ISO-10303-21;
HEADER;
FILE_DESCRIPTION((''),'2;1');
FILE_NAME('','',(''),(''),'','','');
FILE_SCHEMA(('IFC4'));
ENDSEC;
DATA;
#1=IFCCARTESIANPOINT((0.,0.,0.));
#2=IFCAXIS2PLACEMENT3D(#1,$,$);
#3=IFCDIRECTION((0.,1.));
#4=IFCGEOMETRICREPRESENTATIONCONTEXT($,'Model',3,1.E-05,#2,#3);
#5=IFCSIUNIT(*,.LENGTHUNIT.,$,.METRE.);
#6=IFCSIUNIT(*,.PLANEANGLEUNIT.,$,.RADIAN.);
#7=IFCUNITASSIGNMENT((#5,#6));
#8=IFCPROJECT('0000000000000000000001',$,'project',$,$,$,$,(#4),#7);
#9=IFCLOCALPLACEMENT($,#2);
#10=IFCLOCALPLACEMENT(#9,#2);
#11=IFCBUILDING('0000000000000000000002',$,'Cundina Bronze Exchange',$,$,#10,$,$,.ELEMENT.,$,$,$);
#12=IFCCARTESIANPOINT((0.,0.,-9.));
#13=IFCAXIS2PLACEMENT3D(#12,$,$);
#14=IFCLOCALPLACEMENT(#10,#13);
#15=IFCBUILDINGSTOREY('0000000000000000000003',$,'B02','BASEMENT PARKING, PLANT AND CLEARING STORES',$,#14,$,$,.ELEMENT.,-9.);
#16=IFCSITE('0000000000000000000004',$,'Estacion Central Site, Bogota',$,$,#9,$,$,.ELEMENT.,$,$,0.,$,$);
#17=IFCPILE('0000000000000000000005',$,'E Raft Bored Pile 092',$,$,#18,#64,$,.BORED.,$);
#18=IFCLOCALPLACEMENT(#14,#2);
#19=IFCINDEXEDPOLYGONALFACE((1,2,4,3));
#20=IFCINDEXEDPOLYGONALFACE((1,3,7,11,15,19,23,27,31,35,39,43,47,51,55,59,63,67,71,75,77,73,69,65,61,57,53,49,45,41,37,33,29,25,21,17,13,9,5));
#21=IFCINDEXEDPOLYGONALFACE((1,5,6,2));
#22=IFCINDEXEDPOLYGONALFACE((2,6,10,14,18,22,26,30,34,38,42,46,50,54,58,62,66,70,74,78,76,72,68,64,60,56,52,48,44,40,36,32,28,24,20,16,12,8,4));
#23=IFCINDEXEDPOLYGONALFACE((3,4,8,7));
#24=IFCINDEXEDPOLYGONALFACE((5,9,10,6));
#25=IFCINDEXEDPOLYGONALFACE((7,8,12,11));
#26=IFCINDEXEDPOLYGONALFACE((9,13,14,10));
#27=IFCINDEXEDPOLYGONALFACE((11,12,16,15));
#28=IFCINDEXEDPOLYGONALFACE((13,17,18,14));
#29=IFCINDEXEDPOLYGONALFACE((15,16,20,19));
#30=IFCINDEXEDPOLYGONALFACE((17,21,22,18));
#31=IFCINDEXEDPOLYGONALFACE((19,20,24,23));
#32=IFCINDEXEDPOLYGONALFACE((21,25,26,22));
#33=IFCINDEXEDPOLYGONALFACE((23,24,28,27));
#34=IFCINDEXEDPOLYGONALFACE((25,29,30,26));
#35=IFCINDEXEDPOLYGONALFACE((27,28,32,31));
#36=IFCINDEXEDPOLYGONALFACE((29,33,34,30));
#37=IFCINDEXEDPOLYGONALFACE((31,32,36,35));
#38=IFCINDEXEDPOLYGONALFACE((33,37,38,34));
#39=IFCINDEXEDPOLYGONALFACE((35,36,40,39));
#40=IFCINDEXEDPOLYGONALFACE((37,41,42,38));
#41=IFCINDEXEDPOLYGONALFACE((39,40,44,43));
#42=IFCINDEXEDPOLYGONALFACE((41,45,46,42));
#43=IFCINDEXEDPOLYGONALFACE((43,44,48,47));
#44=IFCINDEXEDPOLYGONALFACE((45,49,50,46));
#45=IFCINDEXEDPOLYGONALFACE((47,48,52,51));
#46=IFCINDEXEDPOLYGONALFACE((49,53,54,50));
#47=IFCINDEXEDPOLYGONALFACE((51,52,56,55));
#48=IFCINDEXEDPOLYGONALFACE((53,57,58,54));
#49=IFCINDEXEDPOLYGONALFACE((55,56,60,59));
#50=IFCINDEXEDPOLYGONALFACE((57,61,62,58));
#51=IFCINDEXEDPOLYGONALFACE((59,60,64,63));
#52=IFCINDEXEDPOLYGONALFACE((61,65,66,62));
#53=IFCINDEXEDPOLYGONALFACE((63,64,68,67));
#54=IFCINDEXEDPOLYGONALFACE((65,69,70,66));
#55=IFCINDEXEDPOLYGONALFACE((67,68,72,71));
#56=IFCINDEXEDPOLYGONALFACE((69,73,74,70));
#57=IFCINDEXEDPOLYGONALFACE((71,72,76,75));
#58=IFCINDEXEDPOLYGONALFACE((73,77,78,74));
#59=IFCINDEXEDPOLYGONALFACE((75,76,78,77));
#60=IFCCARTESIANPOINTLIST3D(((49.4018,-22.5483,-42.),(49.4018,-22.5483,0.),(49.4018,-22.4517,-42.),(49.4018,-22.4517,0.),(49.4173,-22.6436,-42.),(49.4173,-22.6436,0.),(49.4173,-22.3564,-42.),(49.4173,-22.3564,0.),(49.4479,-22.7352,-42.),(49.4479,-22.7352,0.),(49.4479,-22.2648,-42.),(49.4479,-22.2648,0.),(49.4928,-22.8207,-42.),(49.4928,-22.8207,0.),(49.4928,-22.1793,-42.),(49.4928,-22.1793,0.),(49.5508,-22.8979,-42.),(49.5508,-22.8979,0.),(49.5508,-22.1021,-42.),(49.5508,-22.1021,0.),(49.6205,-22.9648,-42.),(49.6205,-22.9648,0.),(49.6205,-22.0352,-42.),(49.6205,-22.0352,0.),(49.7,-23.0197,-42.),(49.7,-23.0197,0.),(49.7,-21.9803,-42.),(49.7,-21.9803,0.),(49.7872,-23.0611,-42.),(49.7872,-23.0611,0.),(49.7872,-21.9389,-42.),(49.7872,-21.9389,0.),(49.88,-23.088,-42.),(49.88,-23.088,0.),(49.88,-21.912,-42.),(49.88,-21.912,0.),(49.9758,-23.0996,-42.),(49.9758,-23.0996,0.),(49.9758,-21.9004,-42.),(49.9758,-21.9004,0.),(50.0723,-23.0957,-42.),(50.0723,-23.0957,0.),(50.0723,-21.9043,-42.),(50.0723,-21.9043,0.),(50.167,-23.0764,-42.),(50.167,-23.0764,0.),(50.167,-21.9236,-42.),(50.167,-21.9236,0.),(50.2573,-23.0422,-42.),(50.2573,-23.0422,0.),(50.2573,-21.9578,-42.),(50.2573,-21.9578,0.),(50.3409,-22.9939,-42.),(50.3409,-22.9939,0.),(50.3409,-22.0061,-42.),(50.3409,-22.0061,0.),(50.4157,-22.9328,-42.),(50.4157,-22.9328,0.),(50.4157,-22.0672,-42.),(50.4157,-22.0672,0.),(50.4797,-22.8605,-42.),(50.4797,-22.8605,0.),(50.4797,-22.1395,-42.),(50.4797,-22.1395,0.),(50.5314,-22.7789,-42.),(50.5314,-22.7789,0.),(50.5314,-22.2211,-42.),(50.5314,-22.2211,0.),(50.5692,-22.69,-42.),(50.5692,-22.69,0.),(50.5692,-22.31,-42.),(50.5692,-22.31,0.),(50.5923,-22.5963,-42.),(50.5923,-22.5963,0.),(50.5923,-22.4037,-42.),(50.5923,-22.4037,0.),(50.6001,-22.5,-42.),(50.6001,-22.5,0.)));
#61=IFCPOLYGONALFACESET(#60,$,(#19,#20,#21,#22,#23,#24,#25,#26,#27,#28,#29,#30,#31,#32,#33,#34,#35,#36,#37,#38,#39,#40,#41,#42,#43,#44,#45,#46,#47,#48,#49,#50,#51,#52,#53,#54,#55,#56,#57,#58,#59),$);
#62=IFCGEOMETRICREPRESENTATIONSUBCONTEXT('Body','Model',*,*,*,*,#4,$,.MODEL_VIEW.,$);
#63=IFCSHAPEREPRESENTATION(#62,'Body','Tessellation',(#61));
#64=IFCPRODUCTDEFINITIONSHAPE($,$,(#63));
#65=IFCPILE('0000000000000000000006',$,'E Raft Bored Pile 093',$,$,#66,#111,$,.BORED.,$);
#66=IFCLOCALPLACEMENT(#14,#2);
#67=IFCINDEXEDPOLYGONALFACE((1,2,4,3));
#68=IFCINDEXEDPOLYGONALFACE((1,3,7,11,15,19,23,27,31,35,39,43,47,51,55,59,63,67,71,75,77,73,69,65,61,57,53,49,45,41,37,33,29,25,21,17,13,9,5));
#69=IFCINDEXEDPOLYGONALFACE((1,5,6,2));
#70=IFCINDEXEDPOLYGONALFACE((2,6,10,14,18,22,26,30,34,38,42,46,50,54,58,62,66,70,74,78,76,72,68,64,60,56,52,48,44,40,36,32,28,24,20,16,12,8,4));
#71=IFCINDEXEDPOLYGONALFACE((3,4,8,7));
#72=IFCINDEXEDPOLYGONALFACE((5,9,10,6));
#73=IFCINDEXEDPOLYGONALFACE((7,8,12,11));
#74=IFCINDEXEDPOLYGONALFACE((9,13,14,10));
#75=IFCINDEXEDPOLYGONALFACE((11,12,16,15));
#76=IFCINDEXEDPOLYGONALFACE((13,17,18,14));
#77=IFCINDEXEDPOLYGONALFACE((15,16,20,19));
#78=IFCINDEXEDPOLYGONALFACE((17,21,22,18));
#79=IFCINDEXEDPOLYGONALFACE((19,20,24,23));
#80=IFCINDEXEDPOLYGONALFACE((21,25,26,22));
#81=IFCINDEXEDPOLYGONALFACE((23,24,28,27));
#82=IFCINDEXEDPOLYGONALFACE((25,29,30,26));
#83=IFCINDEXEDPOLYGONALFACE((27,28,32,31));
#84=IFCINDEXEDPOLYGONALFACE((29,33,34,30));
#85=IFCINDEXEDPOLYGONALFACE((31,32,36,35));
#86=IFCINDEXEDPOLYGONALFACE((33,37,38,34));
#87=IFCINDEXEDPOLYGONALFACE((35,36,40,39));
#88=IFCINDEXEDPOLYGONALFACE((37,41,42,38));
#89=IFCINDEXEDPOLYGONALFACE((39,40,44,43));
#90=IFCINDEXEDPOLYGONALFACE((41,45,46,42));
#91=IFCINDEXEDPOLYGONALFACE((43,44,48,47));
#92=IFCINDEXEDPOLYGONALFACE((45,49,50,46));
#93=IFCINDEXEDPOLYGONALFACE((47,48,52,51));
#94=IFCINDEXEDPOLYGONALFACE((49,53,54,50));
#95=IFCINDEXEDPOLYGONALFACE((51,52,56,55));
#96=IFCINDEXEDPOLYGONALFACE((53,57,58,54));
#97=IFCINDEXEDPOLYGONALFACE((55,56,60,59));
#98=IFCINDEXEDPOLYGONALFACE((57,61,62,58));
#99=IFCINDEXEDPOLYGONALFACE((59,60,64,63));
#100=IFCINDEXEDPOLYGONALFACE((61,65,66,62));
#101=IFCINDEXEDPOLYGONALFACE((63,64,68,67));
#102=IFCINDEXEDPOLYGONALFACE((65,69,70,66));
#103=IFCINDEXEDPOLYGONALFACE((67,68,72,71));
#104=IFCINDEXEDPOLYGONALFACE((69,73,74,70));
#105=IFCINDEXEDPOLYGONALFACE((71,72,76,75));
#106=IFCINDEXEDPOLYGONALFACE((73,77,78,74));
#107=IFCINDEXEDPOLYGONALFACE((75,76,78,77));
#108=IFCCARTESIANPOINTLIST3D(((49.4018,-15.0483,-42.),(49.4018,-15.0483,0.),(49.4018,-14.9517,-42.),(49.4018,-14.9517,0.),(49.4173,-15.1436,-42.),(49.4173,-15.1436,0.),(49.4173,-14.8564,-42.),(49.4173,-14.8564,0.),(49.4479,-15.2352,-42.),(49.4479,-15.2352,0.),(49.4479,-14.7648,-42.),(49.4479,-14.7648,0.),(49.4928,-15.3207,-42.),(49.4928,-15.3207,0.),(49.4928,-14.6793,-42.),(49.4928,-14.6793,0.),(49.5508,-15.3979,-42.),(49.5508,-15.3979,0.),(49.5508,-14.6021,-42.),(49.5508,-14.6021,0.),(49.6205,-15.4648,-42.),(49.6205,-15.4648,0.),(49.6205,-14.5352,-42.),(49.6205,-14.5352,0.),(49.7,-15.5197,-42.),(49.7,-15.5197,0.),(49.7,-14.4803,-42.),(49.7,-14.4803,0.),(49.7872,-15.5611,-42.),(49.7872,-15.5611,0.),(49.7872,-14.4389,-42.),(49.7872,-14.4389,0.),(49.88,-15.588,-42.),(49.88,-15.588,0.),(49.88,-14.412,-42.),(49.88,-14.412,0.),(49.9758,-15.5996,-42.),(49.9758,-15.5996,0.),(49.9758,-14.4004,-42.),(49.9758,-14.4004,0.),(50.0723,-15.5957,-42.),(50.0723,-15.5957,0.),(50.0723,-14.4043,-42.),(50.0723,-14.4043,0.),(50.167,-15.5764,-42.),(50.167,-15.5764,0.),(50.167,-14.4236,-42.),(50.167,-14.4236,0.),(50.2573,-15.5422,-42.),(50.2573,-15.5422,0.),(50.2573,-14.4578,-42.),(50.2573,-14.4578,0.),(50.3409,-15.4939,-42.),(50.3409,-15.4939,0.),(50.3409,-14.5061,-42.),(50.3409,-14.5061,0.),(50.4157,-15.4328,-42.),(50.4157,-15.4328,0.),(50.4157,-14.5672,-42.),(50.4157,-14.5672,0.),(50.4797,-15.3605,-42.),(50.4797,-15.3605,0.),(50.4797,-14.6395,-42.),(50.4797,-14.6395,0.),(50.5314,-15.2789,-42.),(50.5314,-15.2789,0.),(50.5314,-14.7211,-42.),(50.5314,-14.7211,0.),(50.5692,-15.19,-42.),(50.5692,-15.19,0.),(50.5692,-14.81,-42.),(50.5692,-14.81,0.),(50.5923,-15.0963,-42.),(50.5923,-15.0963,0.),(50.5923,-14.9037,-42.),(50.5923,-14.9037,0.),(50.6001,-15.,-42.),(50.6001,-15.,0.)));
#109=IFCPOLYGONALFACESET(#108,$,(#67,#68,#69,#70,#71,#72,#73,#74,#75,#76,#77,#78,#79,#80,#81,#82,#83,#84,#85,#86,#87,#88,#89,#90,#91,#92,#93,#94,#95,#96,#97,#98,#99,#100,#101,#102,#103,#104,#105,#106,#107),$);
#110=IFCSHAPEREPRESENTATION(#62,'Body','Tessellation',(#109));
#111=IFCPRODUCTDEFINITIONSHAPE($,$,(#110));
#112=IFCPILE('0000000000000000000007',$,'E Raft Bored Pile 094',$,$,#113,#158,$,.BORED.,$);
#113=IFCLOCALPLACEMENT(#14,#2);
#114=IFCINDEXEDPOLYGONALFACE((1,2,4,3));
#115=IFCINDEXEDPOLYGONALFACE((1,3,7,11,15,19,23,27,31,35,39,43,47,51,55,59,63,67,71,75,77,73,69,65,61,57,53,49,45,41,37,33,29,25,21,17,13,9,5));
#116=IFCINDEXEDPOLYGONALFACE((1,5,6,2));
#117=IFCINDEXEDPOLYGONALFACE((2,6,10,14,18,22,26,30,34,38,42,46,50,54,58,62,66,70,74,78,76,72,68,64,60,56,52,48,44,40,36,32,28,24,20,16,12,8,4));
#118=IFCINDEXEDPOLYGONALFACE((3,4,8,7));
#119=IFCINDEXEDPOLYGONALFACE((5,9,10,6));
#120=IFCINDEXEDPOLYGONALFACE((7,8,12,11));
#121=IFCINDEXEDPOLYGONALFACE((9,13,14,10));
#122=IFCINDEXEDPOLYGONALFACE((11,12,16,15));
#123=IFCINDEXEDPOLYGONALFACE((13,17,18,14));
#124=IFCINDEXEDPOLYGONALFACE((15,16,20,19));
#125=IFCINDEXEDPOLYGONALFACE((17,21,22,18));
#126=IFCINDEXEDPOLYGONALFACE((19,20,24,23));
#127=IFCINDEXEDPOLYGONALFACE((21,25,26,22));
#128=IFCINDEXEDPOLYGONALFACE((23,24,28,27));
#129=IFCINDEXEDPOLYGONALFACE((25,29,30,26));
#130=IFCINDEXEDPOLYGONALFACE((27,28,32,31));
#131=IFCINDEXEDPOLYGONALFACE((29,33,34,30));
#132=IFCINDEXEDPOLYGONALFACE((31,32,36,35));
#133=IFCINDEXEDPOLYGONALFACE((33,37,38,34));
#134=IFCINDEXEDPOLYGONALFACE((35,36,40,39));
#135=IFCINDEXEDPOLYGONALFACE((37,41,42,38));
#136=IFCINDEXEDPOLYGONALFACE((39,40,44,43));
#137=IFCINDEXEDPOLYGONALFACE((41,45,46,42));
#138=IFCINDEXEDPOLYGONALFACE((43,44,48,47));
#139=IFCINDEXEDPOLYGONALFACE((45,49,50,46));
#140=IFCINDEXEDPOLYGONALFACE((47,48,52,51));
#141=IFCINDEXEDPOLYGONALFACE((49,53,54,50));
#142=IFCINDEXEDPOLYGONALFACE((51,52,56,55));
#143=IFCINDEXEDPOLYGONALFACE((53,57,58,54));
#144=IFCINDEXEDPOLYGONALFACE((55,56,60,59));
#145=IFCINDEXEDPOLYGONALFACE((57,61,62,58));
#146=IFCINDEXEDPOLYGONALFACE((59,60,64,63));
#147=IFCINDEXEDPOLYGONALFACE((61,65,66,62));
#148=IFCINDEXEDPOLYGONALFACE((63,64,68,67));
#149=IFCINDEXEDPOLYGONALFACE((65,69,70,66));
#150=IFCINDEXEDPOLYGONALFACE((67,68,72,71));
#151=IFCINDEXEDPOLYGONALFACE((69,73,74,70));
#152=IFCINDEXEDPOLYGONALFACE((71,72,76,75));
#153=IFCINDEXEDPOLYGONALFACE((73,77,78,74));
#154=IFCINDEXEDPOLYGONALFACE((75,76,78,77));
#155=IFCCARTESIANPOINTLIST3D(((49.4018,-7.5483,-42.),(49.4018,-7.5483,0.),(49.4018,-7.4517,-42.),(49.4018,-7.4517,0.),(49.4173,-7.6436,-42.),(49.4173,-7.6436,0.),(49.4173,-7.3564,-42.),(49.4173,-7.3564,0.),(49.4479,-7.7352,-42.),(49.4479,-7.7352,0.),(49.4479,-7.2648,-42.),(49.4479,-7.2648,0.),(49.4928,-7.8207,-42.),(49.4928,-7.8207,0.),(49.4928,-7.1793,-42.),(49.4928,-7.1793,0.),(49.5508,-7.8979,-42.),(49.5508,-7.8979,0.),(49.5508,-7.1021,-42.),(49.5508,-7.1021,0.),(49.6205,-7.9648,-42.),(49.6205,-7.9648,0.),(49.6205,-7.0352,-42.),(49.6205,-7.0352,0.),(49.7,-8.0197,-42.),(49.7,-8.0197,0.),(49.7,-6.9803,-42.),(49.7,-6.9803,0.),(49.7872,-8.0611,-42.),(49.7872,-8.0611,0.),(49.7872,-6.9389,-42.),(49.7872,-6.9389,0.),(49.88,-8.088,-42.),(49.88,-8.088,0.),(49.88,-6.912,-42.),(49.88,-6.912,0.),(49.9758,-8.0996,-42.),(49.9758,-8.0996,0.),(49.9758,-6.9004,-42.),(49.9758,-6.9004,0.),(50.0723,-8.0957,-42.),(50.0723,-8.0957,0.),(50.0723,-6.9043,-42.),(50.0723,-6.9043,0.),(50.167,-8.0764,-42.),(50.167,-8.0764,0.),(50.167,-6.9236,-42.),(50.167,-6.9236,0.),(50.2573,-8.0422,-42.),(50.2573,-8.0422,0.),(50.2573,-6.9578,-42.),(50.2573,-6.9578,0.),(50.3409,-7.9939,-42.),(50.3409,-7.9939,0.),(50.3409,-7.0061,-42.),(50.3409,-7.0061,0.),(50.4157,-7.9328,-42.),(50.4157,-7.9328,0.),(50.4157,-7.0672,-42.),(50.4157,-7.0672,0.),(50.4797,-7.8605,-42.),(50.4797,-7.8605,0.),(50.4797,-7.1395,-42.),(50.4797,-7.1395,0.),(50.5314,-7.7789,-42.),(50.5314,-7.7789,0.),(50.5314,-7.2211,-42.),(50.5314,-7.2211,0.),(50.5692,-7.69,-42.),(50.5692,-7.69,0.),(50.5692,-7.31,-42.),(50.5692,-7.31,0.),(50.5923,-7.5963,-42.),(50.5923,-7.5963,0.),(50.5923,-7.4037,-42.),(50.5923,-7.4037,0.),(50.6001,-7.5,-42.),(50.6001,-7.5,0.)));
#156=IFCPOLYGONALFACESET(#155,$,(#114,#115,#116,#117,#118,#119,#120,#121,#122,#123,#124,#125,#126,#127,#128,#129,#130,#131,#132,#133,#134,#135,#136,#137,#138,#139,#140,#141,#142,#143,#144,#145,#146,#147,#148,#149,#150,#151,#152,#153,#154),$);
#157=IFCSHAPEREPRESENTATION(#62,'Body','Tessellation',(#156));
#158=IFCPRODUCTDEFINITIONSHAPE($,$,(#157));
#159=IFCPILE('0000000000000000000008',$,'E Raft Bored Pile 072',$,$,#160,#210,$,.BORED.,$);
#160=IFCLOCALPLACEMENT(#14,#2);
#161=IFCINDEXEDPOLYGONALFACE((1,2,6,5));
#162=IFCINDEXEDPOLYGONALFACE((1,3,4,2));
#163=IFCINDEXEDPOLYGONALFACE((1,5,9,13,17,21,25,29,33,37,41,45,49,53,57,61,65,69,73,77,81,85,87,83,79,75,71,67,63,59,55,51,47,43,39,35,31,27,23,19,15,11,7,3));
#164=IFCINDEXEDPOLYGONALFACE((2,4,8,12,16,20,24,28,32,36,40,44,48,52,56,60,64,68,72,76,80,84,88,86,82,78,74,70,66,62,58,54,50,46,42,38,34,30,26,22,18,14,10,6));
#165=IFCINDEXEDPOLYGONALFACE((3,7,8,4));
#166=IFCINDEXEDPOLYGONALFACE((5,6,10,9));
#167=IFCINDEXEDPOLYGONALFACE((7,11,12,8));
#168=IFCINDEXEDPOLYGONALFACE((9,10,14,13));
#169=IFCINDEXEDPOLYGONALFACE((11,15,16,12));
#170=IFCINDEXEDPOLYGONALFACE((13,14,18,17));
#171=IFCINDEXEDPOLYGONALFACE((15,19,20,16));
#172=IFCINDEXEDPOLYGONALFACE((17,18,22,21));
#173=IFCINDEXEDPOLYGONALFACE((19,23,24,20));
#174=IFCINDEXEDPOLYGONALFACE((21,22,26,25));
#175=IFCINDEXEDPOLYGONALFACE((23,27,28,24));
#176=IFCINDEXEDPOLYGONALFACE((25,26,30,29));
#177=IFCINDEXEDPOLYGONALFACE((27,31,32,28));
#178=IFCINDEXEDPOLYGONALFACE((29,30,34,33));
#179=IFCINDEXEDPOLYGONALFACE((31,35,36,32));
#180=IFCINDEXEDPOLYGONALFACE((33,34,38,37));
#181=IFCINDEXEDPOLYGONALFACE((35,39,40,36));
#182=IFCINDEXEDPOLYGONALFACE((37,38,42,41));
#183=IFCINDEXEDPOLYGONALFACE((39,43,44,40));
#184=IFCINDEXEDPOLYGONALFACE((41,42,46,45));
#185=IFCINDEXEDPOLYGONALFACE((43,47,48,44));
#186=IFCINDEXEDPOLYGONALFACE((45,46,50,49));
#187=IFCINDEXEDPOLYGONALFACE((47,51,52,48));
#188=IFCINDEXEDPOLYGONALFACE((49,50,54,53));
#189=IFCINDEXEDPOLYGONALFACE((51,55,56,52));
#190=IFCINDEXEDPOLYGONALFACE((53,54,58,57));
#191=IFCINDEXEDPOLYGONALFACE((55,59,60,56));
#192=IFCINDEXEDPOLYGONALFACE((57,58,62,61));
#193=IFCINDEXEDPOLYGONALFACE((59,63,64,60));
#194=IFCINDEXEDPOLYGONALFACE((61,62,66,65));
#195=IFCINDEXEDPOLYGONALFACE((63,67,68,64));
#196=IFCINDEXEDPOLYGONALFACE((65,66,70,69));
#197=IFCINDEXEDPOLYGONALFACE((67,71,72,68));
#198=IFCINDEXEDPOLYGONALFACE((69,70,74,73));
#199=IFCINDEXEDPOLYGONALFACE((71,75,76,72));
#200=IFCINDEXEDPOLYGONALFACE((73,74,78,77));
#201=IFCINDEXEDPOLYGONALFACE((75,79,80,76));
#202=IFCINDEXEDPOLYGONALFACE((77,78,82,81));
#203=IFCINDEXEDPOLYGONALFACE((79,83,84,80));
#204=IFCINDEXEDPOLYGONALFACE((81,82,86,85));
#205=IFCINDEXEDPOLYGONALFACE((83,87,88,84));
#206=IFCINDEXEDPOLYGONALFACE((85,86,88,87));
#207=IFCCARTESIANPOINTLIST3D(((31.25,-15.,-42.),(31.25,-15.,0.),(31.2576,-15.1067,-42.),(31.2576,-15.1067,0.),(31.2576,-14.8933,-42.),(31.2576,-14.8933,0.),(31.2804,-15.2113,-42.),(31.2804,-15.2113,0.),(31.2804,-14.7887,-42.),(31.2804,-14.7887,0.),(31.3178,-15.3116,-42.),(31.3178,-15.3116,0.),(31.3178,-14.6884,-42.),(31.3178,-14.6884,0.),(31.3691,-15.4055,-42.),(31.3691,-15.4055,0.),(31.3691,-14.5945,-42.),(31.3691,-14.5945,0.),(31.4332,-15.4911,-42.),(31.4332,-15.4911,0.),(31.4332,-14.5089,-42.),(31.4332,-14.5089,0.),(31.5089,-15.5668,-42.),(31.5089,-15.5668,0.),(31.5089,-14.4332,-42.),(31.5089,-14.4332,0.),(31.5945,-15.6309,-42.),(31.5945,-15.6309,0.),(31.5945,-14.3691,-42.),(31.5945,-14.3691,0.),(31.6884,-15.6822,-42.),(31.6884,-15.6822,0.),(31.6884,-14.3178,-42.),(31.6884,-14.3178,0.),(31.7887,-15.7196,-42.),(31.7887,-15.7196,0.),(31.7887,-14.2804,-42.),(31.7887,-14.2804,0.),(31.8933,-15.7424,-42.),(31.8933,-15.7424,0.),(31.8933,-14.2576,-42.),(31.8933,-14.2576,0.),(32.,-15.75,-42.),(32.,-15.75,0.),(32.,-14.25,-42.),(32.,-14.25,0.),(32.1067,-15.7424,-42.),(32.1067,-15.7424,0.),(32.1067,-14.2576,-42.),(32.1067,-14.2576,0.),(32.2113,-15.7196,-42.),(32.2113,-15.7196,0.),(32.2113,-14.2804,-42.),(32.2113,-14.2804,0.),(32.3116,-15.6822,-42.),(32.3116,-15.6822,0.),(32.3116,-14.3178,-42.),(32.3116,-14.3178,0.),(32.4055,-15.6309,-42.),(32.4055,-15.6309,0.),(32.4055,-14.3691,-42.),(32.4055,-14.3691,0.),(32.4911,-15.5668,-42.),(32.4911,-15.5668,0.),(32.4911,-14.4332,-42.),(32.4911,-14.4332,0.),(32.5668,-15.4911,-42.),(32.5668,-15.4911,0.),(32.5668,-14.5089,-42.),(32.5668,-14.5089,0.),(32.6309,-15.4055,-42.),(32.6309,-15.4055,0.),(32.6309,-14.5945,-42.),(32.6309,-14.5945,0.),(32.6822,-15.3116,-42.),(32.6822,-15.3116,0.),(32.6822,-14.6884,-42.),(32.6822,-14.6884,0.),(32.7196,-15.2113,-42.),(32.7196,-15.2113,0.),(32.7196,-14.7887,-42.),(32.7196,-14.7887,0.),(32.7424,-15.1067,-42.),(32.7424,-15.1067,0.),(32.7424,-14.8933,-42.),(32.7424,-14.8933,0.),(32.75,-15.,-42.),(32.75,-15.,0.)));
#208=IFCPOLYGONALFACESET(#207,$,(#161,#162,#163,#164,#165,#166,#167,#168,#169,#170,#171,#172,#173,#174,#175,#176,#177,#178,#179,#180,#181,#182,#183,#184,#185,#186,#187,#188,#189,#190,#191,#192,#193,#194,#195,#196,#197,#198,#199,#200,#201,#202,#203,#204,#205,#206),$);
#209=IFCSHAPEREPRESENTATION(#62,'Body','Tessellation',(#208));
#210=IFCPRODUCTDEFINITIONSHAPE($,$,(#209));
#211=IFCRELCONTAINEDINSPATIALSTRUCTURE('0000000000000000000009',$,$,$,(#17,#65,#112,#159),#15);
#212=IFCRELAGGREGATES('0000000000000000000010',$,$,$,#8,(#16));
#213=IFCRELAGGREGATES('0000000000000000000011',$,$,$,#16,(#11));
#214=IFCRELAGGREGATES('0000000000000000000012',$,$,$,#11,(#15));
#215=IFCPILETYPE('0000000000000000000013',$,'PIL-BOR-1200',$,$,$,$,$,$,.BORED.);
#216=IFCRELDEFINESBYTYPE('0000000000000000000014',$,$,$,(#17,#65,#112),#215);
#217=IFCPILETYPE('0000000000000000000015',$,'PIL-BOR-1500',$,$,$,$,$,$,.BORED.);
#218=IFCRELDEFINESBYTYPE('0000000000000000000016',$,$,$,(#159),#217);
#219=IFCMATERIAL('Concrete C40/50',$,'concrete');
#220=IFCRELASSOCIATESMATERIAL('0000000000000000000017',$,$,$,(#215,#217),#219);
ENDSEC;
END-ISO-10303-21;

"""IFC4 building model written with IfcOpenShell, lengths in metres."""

from ifc_helpers import new_model, si_unit, direction, frame, origin, origin_2d, place, context, subcontext, project, spatial, circle, extrude, material, material_profile, profile_set, type_object, element, save


model = new_model("IFC4")

# Units and contexts
model_context = context("Model", 3, precision=1e-05, world=origin(), true_north=direction((0.0, 1.0)))
body_context = subcontext(model_context, "Body", "Model", "MODEL_VIEW")
ifc_project = project(units=[si_unit("LENGTHUNIT", "METRE"), si_unit("PLANEANGLEUNIT", "RADIAN")], contexts=[model_context])

# Site, building, storey
site_placement = place(None, origin())
site = spatial("IfcSite", under=ifc_project, at=site_placement, Name="Estacion Central Site, Bogota", CompositionType="ELEMENT", RefElevation=0.0)
building_placement = place(site_placement, origin())
building = spatial("IfcBuilding", under=site, at=building_placement, Name="Cundina Bronze Exchange", CompositionType="ELEMENT")
storey_placement = place(building_placement, frame((0.0, 0.0, -9.0)))
storey = spatial("IfcBuildingStorey", under=building, at=storey_placement, Name="B02", Description="BASEMENT PARKING, PLANT AND CLEARING STORES", CompositionType="ELEMENT", Elevation=-9.0)

# Shared definitions
ifc_material_1 = material(Name="Concrete C40/50", Category="concrete")

# Piles
ifc_material_profile_1 = material_profile(ifc_material_1, circle(Radius=0.6001, at=origin_2d()), Name="PILE1200D", Category="concrete")
ifc_profile_set_1 = profile_set([ifc_material_profile_1], Name="Concrete C40/50")
pile_type_1 = type_object("IfcPileType", Name="PIL-BOR-1200", PredefinedType="BORED", material=ifc_profile_set_1)
for number, where, z_axis, x_axis, name in (
    (1, (50.0, -22.5, 0.0), (0.0, 0.0, -1.0), (1.0, 0.0, 0.0), "E Raft Bored Pile 092"),
    (2, (50.0, -15.0, 0.0), (0.0, 0.0, -1.0), (1.0, 0.0, 0.0), "E Raft Bored Pile 093"),
    (3, (50.0, -7.5, 0.0), (0.0, 0.0, -1.0), (1.0, 0.0, 0.0), "E Raft Bored Pile 094"),
):
    element("IfcPile", number, at=place(storey_placement, frame(where, z_axis=z_axis, x_axis=x_axis)), inside=storey, type_object=pile_type_1, Name=name, PredefinedType="BORED", context=body_context, shape_type="SweptSolid", body=[
        extrude(circle(Radius=0.6001, at=origin_2d()), origin(), (0.0, 0.0, 1.0), 42.0),
    ])
ifc_material_profile_2 = material_profile(ifc_material_1, circle(Radius=0.75, at=origin_2d()), Name="PILE1500D", Category="concrete")
ifc_profile_set_2 = profile_set([ifc_material_profile_2], Name="Concrete C40/50")
pile_type_2 = type_object("IfcPileType", Name="PIL-BOR-1500", PredefinedType="BORED", material=ifc_profile_set_2)
for number, where, z_axis, x_axis, name in (
    (4, (32.0, -15.0, 0.0), (0.0, 0.0, -1.0), (1.0, 0.0, 0.0), "E Raft Bored Pile 072"),
):
    element("IfcPile", number, at=place(storey_placement, frame(where, z_axis=z_axis, x_axis=x_axis)), inside=storey, type_object=pile_type_2, Name=name, PredefinedType="BORED", context=body_context, shape_type="SweptSolid", body=[
        extrude(circle(Radius=0.75, at=origin_2d()), origin(), (0.0, 0.0, 1.0), 42.0),
    ])

save(model, "model.ifc")
